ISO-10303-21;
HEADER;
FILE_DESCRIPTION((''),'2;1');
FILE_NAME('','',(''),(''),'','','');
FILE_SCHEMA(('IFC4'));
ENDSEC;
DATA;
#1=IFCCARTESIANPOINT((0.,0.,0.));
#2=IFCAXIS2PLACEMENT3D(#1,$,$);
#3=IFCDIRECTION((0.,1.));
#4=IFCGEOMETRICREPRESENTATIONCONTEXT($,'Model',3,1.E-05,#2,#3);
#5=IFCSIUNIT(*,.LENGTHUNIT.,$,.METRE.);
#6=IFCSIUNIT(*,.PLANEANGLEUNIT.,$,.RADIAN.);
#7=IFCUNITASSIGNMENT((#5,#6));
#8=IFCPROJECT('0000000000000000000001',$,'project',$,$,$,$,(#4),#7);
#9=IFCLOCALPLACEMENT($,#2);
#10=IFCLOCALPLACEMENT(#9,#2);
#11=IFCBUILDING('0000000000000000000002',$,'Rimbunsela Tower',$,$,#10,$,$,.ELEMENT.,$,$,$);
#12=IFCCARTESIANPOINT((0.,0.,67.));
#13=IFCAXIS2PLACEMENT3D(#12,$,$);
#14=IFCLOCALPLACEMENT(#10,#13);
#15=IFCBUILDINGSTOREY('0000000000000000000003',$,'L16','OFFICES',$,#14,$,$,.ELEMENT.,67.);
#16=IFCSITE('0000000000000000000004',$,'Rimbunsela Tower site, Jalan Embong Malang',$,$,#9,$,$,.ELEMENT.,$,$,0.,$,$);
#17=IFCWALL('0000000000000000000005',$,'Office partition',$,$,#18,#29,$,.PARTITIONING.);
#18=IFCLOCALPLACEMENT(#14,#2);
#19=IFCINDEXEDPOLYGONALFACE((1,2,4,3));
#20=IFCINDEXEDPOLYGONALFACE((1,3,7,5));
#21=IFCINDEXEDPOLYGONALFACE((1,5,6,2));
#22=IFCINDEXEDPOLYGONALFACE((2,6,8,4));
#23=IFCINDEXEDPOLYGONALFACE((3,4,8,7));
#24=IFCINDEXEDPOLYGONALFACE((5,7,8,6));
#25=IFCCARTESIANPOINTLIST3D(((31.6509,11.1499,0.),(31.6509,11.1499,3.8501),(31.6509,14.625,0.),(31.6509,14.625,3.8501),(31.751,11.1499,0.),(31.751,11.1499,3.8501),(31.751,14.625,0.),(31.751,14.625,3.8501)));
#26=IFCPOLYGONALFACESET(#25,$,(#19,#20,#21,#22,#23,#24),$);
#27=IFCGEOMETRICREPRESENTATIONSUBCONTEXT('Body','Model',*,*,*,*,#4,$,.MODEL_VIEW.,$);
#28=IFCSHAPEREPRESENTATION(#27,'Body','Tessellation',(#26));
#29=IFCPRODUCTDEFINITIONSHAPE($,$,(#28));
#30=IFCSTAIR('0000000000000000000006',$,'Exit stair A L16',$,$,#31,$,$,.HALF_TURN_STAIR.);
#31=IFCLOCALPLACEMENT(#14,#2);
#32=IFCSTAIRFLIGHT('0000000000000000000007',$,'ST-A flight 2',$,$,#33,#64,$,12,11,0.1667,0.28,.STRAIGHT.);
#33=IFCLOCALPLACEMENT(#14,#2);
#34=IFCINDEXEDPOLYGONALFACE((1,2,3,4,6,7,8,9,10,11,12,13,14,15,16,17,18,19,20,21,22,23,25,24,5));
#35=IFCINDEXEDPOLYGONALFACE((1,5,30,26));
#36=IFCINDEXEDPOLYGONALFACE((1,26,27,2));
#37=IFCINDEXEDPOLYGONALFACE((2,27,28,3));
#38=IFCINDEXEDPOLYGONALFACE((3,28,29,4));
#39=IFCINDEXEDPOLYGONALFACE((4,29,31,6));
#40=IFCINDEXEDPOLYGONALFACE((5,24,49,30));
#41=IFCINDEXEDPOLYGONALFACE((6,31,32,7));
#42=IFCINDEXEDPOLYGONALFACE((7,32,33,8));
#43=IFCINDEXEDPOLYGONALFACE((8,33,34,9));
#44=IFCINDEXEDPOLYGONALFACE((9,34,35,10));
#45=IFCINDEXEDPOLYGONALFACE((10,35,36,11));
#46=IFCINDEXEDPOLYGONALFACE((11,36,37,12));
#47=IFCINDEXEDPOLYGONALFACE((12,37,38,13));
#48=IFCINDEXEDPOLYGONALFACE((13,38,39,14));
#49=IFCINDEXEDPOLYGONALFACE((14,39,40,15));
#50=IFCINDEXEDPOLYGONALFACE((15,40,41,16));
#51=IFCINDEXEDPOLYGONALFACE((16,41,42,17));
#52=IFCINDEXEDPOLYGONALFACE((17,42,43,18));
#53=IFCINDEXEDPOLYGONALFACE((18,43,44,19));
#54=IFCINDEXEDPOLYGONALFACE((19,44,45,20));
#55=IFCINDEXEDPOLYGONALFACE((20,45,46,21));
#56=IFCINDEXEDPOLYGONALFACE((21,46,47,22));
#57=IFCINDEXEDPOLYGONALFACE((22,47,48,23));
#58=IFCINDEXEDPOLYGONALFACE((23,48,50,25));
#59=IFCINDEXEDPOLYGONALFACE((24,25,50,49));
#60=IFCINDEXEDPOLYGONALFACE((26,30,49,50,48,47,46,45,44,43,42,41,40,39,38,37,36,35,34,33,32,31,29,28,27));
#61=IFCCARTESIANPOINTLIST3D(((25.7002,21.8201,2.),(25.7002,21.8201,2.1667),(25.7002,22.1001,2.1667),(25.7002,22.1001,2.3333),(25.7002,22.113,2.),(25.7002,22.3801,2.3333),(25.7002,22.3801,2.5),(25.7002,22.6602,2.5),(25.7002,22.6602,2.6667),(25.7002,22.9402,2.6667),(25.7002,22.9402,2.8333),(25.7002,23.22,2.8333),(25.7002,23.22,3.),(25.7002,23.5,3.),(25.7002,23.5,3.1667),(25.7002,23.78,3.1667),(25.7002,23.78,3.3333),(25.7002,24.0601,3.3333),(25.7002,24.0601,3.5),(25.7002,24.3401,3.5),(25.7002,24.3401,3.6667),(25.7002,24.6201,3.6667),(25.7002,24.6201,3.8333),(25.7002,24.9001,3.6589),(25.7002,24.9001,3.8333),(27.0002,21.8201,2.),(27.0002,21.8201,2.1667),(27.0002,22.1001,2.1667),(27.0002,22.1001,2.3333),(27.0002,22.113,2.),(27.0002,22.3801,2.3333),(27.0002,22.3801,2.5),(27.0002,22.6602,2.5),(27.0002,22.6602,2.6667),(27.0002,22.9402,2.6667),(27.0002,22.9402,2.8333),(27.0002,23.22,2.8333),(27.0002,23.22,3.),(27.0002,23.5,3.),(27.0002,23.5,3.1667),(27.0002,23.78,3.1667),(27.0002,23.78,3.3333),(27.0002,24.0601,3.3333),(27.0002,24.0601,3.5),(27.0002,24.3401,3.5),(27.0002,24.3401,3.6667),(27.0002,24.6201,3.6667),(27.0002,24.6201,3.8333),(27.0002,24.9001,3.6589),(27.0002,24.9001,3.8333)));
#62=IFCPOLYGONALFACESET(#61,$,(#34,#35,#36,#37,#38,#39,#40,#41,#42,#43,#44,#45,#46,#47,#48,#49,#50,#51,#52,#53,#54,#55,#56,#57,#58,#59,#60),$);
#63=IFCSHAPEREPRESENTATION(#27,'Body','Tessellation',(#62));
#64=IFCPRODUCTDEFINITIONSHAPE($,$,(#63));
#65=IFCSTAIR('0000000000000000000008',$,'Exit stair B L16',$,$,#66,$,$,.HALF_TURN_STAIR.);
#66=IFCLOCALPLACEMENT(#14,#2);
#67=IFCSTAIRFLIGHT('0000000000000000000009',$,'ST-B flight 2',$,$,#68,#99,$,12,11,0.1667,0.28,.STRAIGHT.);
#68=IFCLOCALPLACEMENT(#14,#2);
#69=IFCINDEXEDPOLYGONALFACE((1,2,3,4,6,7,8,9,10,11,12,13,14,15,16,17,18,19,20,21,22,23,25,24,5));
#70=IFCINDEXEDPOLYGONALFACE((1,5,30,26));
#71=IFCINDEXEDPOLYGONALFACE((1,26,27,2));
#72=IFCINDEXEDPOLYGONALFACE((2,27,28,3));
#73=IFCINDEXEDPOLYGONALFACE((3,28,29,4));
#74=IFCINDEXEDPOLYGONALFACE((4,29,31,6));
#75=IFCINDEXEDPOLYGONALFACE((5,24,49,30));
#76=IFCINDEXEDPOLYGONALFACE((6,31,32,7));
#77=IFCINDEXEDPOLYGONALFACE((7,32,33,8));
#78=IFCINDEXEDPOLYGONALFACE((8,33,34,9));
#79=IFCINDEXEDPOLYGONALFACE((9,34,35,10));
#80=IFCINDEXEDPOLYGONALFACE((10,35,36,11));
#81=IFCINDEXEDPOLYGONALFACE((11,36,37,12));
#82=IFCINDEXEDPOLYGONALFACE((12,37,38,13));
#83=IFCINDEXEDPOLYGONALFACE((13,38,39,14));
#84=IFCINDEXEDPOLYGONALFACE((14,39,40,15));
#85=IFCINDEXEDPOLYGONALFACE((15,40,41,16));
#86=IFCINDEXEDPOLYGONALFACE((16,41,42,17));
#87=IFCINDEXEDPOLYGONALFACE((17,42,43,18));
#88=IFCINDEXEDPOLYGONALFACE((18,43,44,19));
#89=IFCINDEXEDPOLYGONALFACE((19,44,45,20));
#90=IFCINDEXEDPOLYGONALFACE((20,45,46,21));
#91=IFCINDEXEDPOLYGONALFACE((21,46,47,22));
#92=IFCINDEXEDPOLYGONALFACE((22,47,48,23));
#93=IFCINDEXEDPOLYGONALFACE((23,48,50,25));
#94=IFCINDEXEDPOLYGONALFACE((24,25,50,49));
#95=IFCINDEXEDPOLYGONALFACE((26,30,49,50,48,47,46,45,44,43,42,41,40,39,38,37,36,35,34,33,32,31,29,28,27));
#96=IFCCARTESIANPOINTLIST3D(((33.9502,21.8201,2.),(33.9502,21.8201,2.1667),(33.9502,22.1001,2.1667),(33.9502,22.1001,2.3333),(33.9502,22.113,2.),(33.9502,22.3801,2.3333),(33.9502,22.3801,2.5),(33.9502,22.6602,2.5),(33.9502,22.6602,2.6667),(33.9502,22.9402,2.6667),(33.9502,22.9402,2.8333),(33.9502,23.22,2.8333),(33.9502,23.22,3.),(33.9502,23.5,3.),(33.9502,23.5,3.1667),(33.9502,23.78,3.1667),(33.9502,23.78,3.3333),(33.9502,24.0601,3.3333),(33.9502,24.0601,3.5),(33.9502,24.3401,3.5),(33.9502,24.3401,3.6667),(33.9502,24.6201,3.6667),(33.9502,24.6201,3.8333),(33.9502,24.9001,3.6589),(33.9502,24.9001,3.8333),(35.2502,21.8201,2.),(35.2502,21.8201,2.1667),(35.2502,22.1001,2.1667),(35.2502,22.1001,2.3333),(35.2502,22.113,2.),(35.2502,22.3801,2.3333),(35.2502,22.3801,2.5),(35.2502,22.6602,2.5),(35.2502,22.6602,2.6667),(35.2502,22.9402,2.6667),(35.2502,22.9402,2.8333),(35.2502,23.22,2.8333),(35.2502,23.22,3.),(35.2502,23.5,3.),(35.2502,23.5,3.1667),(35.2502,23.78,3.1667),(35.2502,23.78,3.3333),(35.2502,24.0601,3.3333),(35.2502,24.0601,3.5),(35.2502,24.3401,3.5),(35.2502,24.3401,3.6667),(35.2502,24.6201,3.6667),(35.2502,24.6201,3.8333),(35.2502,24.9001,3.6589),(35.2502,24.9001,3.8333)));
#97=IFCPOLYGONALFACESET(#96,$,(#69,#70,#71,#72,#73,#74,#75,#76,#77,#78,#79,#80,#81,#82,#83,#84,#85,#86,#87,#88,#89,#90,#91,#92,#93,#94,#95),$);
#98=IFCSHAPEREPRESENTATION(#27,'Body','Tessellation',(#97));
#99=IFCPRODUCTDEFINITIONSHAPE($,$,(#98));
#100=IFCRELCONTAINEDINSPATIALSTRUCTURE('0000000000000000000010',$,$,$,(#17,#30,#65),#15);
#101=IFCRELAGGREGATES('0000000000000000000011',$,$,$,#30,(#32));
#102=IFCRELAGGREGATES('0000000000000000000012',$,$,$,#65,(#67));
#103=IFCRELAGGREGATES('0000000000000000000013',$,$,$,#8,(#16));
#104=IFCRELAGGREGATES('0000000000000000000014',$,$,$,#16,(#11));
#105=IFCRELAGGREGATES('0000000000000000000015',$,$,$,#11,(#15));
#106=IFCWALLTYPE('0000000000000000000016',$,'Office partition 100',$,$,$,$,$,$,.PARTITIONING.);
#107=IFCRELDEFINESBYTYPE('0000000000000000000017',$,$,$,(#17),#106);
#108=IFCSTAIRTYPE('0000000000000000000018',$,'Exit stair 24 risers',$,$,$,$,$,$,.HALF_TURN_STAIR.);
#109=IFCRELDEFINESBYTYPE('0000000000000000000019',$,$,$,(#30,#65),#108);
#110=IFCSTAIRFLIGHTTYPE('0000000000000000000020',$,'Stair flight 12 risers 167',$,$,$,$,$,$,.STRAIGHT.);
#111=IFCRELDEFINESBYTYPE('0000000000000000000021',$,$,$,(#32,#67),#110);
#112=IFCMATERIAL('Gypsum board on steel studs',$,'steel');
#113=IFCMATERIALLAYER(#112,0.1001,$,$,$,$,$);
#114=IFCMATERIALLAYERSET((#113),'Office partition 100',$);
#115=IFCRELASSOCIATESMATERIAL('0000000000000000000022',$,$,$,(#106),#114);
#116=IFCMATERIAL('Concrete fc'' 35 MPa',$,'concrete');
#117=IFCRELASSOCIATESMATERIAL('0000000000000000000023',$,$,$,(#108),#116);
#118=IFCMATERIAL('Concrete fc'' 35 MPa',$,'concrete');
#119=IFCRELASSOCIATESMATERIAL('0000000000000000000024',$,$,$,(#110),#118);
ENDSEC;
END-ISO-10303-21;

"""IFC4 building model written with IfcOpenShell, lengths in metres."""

from ifc_helpers import new_model, si_unit, direction, frame, frame_2d, origin, place, context, subcontext, project, spatial, polyline, rectangle, outline, extrude, material, layer, layer_set, type_object, element, aggregate, save


model = new_model("IFC4")

# Units and contexts
model_context = context("Model", 3, precision=1e-05, world=origin(), true_north=direction((0.0, 1.0)))
body_context = subcontext(model_context, "Body", "Model", "MODEL_VIEW")
ifc_project = project(units=[si_unit("LENGTHUNIT", "METRE"), si_unit("PLANEANGLEUNIT", "RADIAN")], contexts=[model_context])

# Site, building, storey
site_placement = place(None, origin())
site = spatial("IfcSite", under=ifc_project, at=site_placement, Name="Rimbunsela Tower site, Jalan Embong Malang", CompositionType="ELEMENT", RefElevation=0.0)
building_placement = place(site_placement, origin())
building = spatial("IfcBuilding", under=site, at=building_placement, Name="Rimbunsela Tower", CompositionType="ELEMENT")
storey_placement = place(building_placement, frame((0.0, 0.0, 67.0)))
storey = spatial("IfcBuildingStorey", under=building, at=storey_placement, Name="L16", Description="OFFICES", CompositionType="ELEMENT", Elevation=67.0)

# Shared definitions
ifc_material_1 = material(Name="Gypsum board on steel studs", Category="steel")
ifc_layer_1 = layer(ifc_material_1, 0.1001)
ifc_layer_set_1 = layer_set([ifc_layer_1], Name="Office partition 100")
wall_type_1 = type_object("IfcWallType", Name="Office partition 100", PredefinedType="PARTITIONING", material=ifc_layer_set_1)

# Wall
wall_1_placement = place(storey_placement, frame((31.7009, 11.1499, 0.0), z_axis=(0.0, 0.0, 1.0), x_axis=(0.0, 1.0, 0.0)))
element("IfcWall", 1, at=wall_1_placement, inside=storey, type_object=wall_type_1, Name="Office partition", PredefinedType="PARTITIONING", context=body_context, shape_type="SweptSolid", body=[
    extrude(rectangle(XDim=3.4751, YDim=0.1001, at=frame_2d((1.7375, 0.0))), origin(), (0.0, 0.0, 1.0), 3.8501),
])

# Stairs, stair flights
ifc_material_2 = material(Name="Concrete fc' 35 MPa", Category="concrete")
stair_type = type_object("IfcStairType", Name="Exit stair 24 risers", PredefinedType="HALF_TURN_STAIR", material=ifc_material_2)
stair_1_placement = place(storey_placement, origin())
stair_1 = element("IfcStair", 2, at=stair_1_placement, inside=storey, type_object=stair_type, Name="Exit stair A L16", PredefinedType="HALF_TURN_STAIR")
ifc_material_3 = material(Name="Concrete fc' 35 MPa", Category="concrete")
stair_flight_type = type_object("IfcStairFlightType", Name="Stair flight 12 risers 167", PredefinedType="STRAIGHT", material=ifc_material_3)
stair_flight_1_placement = place(storey_placement, frame((26.3501, 21.8201, 2.0), z_axis=(0.0, 0.0, 1.0), x_axis=(0.0, 1.0, 0.0)))
stair_flight_1 = element("IfcStairFlight", 3, at=stair_flight_1_placement, type_object=stair_flight_type, Name="ST-A flight 2", NumberOfRisers=12, NumberOfTreads=11, PredefinedType="STRAIGHT", RiserHeight=0.1667, TreadLength=0.28, context=body_context, shape_type="SweptSolid", body=[
    extrude(outline(polyline([(0.0, 0.0), (0.0, 0.1667), (0.28, 0.1667), (0.28, 0.3333), (0.5601, 0.3333), (0.5601, 0.5), (0.8401, 0.5), (0.8401, 0.6667), (1.1201, 0.6667), (1.1201, 0.8333), (1.3999, 0.8333), (1.3999, 1.0), (1.6799, 1.0), (1.6799, 1.1667), (1.96, 1.1667), (1.96, 1.3333), (2.24, 1.3333), (2.24, 1.5), (2.52, 1.5), (2.52, 1.6667), (2.8, 1.6667), (2.8, 1.8333), (3.0801, 1.8333), (3.0801, 2.0), (3.0801, 1.6589), (0.293, 0.0), (0.0, 0.0)])), frame((0.0, 0.6499, 0.0), z_axis=(0.0, -1.0, 0.0), x_axis=(1.0, 0.0, 0.0)), (0.0, 0.0, 1.0), 1.3),
])
aggregate(stair_1, [stair_flight_1])
stair_2_placement = place(storey_placement, origin())
stair_2 = element("IfcStair", 4, at=stair_2_placement, inside=storey, type_object=stair_type, Name="Exit stair B L16", PredefinedType="HALF_TURN_STAIR")
stair_flight_2_placement = place(storey_placement, frame((34.6001, 21.8201, 2.0), z_axis=(0.0, 0.0, 1.0), x_axis=(0.0, 1.0, 0.0)))
stair_flight_2 = element("IfcStairFlight", 5, at=stair_flight_2_placement, type_object=stair_flight_type, Name="ST-B flight 2", NumberOfRisers=12, NumberOfTreads=11, PredefinedType="STRAIGHT", RiserHeight=0.1667, TreadLength=0.28, context=body_context, shape_type="SweptSolid", body=[
    extrude(outline(polyline([(0.0, 0.0), (0.0, 0.1667), (0.28, 0.1667), (0.28, 0.3333), (0.5601, 0.3333), (0.5601, 0.5), (0.8401, 0.5), (0.8401, 0.6667), (1.1201, 0.6667), (1.1201, 0.8333), (1.3999, 0.8333), (1.3999, 1.0), (1.6799, 1.0), (1.6799, 1.1667), (1.96, 1.1667), (1.96, 1.3333), (2.24, 1.3333), (2.24, 1.5), (2.52, 1.5), (2.52, 1.6667), (2.8, 1.6667), (2.8, 1.8333), (3.0801, 1.8333), (3.0801, 2.0), (3.0801, 1.6589), (0.293, 0.0), (0.0, 0.0)])), frame((0.0, 0.6499, 0.0), z_axis=(0.0, -1.0, 0.0), x_axis=(1.0, 0.0, 0.0)), (0.0, 0.0, 1.0), 1.3),
])
aggregate(stair_2, [stair_flight_2])

save(model, "model.ifc")
